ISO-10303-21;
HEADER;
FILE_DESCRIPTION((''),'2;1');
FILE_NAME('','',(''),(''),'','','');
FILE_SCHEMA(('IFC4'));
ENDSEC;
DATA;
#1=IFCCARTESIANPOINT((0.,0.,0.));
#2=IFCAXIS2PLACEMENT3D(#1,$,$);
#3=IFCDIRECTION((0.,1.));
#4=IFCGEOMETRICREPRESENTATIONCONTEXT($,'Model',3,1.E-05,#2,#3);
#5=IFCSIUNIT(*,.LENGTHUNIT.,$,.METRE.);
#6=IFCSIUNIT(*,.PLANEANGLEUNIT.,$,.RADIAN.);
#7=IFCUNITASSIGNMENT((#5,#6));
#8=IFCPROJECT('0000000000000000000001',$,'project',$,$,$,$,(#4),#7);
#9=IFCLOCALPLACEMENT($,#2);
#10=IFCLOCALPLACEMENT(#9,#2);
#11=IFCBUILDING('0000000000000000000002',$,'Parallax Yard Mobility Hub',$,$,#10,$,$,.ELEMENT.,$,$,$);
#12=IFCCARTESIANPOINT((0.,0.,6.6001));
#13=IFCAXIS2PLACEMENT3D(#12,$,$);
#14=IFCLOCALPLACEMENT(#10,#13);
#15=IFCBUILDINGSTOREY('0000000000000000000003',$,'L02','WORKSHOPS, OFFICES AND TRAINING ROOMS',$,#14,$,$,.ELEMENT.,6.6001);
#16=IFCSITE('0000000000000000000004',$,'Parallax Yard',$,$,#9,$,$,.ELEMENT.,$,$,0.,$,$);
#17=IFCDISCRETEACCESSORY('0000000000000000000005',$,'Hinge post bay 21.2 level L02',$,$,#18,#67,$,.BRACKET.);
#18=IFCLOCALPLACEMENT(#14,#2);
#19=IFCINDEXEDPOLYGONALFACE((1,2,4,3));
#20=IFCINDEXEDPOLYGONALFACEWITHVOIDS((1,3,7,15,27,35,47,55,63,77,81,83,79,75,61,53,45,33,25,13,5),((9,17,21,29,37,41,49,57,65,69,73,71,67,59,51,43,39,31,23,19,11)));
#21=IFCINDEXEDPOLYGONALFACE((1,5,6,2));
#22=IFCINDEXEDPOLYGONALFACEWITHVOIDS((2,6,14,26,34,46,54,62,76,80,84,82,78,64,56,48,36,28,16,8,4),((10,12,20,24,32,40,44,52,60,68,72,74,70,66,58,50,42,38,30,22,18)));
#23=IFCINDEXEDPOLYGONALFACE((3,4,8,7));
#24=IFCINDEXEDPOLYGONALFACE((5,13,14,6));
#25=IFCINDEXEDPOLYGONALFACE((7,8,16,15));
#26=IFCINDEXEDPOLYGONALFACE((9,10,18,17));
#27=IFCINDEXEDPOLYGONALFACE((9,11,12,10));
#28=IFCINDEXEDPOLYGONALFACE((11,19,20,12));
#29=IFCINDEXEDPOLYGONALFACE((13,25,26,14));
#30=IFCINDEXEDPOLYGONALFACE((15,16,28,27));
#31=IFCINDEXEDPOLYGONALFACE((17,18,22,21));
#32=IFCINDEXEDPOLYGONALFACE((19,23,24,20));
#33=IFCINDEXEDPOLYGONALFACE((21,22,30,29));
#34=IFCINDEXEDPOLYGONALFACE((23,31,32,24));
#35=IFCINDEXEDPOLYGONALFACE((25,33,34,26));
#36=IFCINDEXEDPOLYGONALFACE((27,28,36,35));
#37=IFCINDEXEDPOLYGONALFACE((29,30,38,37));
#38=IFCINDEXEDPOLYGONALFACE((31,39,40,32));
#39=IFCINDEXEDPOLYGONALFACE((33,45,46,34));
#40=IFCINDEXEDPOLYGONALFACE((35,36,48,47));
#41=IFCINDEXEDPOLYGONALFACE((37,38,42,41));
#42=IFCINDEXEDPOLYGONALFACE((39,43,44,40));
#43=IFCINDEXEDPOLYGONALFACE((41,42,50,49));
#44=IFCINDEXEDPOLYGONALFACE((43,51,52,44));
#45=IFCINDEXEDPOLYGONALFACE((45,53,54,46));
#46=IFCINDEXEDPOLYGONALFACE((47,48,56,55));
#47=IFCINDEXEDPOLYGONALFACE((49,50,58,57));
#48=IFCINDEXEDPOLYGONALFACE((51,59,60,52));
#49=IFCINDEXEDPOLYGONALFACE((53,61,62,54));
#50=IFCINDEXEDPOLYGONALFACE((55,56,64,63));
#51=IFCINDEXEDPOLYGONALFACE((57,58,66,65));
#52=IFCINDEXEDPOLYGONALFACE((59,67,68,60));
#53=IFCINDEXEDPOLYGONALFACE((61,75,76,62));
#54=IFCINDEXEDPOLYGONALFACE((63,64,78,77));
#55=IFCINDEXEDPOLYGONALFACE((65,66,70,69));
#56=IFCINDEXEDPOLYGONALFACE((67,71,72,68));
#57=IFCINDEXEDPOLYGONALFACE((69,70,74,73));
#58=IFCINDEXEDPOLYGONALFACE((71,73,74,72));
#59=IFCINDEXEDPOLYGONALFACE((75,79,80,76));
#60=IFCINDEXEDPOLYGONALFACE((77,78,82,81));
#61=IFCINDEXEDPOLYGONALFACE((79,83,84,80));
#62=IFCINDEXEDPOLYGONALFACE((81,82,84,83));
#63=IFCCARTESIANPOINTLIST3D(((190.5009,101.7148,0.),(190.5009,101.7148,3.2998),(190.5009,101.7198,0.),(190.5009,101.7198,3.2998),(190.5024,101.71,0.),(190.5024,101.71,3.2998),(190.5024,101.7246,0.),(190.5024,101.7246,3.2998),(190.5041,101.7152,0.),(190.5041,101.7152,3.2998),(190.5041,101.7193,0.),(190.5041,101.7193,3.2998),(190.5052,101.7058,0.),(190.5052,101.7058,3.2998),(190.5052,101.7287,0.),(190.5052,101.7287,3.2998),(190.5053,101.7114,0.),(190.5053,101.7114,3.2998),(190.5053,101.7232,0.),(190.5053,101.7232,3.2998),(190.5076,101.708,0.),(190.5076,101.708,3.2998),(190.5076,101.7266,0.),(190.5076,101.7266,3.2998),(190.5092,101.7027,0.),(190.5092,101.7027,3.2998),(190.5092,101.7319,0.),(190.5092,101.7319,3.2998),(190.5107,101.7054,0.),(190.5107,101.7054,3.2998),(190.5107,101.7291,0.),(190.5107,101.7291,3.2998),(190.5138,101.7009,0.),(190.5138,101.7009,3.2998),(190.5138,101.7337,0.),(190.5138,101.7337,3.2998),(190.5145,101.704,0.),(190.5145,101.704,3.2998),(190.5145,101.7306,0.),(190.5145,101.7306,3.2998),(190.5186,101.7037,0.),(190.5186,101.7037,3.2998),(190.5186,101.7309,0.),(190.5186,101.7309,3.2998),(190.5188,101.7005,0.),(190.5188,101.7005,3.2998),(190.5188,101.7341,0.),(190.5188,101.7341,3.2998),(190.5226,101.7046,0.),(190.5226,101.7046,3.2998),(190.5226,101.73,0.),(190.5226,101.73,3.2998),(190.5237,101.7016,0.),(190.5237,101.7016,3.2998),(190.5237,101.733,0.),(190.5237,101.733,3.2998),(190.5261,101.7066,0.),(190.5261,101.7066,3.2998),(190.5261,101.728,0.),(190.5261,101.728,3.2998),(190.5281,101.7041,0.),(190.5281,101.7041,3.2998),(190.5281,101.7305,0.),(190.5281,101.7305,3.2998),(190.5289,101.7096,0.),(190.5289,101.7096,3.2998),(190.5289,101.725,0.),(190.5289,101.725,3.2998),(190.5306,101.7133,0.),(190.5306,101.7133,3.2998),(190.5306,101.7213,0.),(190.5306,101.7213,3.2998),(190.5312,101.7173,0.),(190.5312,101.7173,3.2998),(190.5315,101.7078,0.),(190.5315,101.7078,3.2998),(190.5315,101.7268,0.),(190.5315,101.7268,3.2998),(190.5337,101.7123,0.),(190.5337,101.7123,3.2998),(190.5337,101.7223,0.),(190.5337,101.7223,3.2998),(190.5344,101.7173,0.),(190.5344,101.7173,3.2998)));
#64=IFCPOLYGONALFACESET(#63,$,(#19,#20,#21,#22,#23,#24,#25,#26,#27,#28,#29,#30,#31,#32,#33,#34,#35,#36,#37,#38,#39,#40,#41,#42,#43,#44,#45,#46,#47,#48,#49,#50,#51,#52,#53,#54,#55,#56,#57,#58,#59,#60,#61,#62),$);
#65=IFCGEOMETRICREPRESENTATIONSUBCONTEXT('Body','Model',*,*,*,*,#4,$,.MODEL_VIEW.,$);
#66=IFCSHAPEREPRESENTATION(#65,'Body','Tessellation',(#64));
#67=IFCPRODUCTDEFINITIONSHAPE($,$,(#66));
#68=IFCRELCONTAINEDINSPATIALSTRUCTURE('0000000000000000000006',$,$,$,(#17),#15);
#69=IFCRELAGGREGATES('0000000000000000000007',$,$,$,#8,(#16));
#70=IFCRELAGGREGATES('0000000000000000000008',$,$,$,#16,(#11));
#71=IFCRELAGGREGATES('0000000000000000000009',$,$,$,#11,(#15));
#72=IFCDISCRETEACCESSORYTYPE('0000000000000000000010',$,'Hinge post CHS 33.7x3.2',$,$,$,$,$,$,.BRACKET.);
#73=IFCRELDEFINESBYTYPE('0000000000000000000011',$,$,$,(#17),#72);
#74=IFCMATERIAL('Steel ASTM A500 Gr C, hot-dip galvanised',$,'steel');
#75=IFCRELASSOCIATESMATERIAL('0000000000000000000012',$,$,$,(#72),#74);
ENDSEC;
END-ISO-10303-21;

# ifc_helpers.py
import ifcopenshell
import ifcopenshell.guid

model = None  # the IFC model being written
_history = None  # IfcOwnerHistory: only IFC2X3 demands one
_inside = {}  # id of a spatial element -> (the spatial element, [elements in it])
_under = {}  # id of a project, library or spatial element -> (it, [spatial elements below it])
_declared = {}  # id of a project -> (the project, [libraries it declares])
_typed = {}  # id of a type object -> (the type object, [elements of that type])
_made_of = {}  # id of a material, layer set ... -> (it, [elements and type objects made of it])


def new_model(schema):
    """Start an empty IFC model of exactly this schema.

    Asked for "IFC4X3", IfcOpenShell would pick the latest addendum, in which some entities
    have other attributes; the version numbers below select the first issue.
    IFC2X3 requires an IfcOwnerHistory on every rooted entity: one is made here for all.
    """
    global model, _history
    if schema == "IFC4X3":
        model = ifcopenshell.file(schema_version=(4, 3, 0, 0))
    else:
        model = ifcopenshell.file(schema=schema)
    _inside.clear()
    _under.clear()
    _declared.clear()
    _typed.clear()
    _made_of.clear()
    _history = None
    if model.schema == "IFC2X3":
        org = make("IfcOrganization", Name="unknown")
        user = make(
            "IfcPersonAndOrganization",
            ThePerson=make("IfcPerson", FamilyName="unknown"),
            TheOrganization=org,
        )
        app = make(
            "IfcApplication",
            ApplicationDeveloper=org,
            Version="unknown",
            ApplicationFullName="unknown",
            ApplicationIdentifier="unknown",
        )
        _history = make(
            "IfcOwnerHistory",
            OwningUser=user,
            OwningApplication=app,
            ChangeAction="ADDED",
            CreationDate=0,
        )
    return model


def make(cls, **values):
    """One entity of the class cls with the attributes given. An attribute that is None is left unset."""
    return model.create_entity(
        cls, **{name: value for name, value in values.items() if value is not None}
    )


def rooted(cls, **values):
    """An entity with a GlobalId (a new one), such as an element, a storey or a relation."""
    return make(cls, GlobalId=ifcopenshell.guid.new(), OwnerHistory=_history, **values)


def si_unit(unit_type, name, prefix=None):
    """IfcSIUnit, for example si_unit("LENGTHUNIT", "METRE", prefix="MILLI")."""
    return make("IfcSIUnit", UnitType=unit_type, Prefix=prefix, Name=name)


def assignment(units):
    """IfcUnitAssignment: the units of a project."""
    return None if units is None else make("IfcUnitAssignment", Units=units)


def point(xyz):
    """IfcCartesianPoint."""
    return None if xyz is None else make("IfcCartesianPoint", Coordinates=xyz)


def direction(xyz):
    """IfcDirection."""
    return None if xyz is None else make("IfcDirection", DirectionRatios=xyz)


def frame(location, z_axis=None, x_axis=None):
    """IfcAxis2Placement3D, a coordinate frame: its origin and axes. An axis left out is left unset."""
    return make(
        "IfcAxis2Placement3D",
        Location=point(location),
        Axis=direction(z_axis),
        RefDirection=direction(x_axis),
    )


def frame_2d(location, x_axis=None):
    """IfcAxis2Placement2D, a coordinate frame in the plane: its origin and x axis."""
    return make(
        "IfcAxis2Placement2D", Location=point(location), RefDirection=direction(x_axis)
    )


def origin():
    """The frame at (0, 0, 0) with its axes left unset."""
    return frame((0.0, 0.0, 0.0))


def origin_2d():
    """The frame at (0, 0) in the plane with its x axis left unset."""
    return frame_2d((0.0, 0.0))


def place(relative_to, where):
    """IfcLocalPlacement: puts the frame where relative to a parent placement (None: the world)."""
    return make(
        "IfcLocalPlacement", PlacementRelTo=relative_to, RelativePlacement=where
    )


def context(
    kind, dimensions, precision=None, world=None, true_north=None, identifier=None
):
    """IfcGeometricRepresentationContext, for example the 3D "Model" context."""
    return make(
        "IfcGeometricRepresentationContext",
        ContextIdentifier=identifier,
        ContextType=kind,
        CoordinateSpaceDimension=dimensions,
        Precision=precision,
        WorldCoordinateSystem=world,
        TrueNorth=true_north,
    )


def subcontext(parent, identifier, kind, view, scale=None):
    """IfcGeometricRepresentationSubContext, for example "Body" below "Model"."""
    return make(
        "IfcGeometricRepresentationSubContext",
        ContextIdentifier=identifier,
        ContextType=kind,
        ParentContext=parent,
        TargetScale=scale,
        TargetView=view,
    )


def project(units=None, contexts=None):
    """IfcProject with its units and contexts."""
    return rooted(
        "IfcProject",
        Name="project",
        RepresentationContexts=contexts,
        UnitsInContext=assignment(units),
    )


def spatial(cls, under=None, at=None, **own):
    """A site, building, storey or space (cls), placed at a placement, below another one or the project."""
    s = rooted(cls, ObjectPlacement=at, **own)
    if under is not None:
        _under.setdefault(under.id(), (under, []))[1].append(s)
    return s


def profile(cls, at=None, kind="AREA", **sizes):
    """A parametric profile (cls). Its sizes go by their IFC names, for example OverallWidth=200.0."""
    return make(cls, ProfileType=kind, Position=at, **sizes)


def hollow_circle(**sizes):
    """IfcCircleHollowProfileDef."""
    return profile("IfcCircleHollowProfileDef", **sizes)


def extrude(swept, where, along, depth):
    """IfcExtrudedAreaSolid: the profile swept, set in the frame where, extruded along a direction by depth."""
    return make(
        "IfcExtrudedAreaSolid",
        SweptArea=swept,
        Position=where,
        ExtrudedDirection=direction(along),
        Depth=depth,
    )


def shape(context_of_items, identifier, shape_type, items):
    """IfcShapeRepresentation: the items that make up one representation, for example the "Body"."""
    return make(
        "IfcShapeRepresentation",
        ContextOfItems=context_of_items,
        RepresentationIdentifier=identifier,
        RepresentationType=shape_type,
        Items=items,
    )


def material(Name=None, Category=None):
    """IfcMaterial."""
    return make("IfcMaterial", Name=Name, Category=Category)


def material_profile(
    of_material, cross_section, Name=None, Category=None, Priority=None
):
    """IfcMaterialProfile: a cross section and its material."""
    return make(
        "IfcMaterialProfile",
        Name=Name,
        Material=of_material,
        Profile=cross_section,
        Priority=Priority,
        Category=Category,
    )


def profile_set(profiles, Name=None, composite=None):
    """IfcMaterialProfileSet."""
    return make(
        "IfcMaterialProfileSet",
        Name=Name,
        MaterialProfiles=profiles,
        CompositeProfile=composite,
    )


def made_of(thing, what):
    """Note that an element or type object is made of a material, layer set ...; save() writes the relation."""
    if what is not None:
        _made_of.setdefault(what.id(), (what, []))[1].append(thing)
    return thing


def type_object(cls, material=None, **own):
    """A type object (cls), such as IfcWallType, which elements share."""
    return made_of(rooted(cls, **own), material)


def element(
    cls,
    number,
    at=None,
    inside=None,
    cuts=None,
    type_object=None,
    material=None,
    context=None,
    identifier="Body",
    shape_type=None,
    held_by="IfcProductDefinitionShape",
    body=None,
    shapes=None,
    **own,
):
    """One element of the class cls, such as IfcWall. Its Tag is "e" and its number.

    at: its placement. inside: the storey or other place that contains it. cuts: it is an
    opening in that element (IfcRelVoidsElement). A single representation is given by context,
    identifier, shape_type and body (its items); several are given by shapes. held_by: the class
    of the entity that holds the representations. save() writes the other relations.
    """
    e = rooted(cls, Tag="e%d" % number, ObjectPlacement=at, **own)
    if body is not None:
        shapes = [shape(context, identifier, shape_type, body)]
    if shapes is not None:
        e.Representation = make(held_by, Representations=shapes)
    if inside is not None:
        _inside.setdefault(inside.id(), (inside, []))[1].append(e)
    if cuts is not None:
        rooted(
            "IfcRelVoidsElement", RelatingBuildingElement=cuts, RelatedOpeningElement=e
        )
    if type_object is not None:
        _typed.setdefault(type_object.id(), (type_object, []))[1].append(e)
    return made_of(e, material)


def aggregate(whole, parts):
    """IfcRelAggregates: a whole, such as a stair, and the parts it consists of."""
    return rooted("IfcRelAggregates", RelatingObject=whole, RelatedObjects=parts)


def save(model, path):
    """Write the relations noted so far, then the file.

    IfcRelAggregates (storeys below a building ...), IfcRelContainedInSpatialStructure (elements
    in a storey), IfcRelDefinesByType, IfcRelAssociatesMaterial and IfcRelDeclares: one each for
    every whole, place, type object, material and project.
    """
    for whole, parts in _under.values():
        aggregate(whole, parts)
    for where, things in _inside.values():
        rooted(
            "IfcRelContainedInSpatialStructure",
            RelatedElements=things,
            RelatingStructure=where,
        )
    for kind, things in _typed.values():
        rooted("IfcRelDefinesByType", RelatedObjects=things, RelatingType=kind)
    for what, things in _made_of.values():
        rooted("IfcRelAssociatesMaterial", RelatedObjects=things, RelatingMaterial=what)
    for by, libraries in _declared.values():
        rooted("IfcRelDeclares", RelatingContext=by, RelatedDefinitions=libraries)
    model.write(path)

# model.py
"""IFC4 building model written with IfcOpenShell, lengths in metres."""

from ifc_helpers import new_model, si_unit, direction, frame, origin, origin_2d, place, context, subcontext, project, spatial, hollow_circle, extrude, material, material_profile, profile_set, type_object, element, save


model = new_model("IFC4")

# Units and contexts
model_context = context("Model", 3, precision=1e-05, world=origin(), true_north=direction((0.0, 1.0)))
body_context = subcontext(model_context, "Body", "Model", "MODEL_VIEW")
ifc_project = project(units=[si_unit("LENGTHUNIT", "METRE"), si_unit("PLANEANGLEUNIT", "RADIAN")], contexts=[model_context])

# Site, building, storey
site_placement = place(None, origin())
site = spatial("IfcSite", under=ifc_project, at=site_placement, Name="Parallax Yard", CompositionType="ELEMENT", RefElevation=0.0)
building_placement = place(site_placement, origin())
building = spatial("IfcBuilding", under=site, at=building_placement, Name="Parallax Yard Mobility Hub", CompositionType="ELEMENT")
storey_placement = place(building_placement, frame((0.0, 0.0, 6.6001)))
storey = spatial("IfcBuildingStorey", under=building, at=storey_placement, Name="L02", Description="WORKSHOPS, OFFICES AND TRAINING ROOMS", CompositionType="ELEMENT", Elevation=6.6001)

# Discrete accessory
ifc_material_1 = material(Name="Steel ASTM A500 Gr C, hot-dip galvanised", Category="steel")
ifc_material_profile_1 = material_profile(ifc_material_1, hollow_circle(Radius=0.0168, WallThickness=0.0032, at=origin_2d()), Name="CHS 33.7x3.2")
ifc_profile_set_1 = profile_set([ifc_material_profile_1], Name="Steel ASTM A500 Gr C, hot-dip galvanised")
discrete_accessory_type_1 = type_object("IfcDiscreteAccessoryType", Name="Hinge post CHS 33.7x3.2", PredefinedType="BRACKET", material=ifc_profile_set_1)
for number, where, z_axis, x_axis, name in (
    (1, (190.5176, 101.7173, 0.0), (0.0, 0.0, 1.0), (1.0, 0.0, 0.0), "Hinge post bay 21.2 level L02"),
):
    element("IfcDiscreteAccessory", number, at=place(storey_placement, frame(where, z_axis=z_axis, x_axis=x_axis)), inside=storey, type_object=discrete_accessory_type_1, Name=name, PredefinedType="BRACKET", context=body_context, shape_type="SweptSolid", body=[
        extrude(hollow_circle(Radius=0.0168, WallThickness=0.0032, at=origin_2d()), origin(), (0.0, 0.0, 1.0), 3.2998),
    ])

save(model, "model.ifc")
